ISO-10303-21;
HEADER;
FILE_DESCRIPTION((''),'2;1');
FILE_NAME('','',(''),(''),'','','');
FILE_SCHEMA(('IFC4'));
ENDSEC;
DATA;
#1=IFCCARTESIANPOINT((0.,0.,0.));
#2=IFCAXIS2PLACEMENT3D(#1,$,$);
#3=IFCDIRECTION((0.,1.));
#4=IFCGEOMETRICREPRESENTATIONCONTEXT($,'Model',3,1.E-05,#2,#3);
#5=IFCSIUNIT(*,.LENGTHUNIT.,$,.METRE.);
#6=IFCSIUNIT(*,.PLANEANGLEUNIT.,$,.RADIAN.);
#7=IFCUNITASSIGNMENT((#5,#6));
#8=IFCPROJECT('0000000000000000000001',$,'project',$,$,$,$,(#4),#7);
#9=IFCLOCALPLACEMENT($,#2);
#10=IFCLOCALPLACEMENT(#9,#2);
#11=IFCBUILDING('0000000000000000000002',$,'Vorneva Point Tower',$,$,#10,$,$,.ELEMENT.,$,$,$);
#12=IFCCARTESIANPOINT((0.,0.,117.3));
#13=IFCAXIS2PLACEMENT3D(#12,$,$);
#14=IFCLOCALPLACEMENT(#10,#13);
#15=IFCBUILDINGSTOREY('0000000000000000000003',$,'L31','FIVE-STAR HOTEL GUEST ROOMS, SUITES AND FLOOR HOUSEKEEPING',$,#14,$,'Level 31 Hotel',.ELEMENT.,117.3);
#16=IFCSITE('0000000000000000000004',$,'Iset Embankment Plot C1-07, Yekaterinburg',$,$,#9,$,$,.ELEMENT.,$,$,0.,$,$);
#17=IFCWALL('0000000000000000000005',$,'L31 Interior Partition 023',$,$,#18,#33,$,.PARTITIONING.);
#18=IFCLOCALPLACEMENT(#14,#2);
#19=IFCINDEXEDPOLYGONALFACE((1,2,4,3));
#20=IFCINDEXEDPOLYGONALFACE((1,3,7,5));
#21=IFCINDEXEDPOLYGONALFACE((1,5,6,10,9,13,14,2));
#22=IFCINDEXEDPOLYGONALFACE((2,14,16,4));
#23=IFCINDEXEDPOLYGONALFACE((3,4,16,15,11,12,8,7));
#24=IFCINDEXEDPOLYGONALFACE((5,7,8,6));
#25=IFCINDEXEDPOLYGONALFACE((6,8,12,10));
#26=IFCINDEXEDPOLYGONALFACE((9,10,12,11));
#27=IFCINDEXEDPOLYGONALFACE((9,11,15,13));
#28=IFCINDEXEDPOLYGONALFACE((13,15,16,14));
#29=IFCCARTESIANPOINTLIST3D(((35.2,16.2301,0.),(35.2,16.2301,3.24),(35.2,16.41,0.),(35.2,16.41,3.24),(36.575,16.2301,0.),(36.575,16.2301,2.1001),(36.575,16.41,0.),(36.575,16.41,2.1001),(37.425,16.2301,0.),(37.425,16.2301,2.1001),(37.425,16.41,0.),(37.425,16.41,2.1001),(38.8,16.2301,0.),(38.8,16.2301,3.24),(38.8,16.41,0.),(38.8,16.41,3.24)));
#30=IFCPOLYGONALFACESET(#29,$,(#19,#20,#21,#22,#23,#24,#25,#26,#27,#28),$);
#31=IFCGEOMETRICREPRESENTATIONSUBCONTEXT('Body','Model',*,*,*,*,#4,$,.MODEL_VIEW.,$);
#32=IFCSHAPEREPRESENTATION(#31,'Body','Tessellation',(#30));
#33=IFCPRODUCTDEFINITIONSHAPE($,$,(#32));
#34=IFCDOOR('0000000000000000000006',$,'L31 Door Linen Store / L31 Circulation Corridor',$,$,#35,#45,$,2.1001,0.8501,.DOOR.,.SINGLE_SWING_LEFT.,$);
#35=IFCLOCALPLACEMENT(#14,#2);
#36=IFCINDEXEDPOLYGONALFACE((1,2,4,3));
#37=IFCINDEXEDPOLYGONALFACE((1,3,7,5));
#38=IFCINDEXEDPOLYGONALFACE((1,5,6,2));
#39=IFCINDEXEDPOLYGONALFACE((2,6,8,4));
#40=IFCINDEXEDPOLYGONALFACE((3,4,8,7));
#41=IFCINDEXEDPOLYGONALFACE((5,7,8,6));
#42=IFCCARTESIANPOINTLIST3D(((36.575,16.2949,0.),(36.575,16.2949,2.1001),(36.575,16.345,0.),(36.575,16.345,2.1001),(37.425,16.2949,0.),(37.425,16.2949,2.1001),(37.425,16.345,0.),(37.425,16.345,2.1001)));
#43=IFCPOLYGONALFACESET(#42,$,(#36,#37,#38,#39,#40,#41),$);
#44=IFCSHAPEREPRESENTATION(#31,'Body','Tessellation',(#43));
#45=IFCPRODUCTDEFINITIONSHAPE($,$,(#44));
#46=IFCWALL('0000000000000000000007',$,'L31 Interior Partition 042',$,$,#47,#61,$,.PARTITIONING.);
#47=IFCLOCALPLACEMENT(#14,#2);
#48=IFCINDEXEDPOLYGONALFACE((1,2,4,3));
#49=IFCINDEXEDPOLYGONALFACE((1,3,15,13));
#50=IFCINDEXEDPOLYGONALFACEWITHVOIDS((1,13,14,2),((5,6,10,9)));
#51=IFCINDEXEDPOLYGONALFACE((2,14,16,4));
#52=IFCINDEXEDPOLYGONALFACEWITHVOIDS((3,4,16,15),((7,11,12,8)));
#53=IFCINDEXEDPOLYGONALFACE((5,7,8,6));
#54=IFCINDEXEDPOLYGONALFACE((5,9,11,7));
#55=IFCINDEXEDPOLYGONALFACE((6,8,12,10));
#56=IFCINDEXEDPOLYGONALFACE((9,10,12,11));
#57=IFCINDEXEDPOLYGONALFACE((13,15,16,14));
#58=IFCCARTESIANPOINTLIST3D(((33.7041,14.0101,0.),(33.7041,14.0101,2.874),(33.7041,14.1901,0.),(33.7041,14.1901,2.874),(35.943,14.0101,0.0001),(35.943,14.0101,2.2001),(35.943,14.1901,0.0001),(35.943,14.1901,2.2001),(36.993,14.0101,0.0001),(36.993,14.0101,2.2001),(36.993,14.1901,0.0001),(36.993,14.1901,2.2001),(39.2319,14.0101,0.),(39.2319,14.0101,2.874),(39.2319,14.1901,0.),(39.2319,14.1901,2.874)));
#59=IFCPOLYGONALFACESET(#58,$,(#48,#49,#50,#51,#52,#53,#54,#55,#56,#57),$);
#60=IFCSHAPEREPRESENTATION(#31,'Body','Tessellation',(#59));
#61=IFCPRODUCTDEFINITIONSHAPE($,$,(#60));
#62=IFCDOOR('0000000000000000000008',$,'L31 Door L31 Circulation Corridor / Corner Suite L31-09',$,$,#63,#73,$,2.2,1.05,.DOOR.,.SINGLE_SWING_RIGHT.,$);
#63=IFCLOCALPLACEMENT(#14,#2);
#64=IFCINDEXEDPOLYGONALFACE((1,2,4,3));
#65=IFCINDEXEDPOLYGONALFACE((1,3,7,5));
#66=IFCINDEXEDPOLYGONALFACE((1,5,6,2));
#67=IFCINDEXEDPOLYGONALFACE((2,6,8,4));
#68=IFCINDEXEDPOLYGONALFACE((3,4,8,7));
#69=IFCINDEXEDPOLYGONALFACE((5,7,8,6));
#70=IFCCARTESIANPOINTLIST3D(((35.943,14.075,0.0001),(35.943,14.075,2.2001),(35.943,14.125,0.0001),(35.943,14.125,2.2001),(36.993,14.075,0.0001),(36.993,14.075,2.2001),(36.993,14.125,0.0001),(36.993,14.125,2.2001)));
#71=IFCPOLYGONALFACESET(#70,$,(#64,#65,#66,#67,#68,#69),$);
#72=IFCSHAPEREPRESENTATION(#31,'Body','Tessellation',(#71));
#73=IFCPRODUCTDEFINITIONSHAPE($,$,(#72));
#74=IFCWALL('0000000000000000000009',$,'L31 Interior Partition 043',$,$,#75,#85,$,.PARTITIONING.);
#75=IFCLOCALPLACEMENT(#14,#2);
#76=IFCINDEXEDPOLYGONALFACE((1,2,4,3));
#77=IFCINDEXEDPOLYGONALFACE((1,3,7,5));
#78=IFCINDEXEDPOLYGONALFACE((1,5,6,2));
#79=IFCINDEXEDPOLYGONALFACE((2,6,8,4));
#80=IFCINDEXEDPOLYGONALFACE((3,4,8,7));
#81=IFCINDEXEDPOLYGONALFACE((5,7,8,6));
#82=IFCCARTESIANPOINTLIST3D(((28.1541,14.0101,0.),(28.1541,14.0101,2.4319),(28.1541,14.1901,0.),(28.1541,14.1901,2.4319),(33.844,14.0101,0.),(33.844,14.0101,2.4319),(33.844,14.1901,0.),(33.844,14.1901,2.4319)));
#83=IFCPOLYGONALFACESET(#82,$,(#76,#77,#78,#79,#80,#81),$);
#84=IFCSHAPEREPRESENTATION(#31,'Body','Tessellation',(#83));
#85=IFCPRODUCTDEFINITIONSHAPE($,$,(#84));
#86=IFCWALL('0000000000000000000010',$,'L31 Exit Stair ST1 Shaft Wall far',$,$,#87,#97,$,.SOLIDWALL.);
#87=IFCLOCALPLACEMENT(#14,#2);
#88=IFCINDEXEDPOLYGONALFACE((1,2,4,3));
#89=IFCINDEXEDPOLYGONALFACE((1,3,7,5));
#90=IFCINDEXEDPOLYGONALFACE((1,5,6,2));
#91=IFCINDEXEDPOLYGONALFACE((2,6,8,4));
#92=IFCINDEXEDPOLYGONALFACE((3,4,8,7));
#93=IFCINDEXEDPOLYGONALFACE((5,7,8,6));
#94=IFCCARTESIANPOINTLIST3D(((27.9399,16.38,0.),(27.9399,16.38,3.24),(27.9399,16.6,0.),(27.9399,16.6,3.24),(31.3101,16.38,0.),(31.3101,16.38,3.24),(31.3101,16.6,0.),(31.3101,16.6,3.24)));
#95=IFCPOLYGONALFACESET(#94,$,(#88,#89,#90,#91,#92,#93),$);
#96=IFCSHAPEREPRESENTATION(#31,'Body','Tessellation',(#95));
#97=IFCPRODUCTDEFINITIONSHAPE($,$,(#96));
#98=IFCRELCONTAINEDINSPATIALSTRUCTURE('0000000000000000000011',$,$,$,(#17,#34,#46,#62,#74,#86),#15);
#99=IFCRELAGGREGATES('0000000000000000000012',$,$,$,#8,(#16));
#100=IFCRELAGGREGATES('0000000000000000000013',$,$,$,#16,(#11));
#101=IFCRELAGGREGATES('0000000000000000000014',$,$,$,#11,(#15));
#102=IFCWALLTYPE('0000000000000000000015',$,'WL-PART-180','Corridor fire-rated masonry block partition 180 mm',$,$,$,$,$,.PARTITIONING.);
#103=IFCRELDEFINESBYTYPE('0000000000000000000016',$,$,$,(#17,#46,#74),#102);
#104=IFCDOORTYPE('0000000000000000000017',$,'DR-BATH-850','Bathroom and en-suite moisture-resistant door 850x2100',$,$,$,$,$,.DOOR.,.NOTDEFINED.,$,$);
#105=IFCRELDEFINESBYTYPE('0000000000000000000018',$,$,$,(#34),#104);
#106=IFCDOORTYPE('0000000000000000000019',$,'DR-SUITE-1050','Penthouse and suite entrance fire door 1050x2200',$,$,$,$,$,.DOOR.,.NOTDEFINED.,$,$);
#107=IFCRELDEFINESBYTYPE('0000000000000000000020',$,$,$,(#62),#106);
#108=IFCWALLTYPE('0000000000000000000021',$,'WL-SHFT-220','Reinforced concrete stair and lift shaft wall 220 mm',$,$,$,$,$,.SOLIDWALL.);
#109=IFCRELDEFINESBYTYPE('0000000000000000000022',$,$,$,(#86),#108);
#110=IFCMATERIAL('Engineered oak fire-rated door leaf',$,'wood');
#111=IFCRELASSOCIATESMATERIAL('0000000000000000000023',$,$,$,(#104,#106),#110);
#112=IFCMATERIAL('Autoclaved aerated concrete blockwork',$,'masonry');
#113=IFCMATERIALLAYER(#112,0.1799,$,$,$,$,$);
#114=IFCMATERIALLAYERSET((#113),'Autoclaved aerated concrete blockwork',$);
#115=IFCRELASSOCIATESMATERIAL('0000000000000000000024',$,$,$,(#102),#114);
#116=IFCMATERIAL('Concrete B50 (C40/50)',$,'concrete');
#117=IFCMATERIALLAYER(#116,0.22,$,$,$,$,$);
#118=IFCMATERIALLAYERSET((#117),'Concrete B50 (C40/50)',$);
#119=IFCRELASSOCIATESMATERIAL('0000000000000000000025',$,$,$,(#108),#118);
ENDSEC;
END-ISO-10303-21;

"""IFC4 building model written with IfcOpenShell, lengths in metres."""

from ifc_helpers import new_model, si_unit, direction, frame, frame_2d, origin, place, context, subcontext, project, spatial, rectangle, extrude, material, layer, layer_set, type_object, element, fill, save


model = new_model("IFC4")

# Units and contexts
model_context = context("Model", 3, precision=1e-05, world=origin(), true_north=direction((0.0, 1.0)))
body_context = subcontext(model_context, "Body", "Model", "MODEL_VIEW")
ifc_project = project(units=[si_unit("LENGTHUNIT", "METRE"), si_unit("PLANEANGLEUNIT", "RADIAN")], contexts=[model_context])

# Site, building, storey
site_placement = place(None, origin())
site = spatial("IfcSite", under=ifc_project, at=site_placement, Name="Iset Embankment Plot C1-07, Yekaterinburg", CompositionType="ELEMENT", RefElevation=0.0)
building_placement = place(site_placement, origin())
building = spatial("IfcBuilding", under=site, at=building_placement, Name="Vorneva Point Tower", CompositionType="ELEMENT")
storey_placement = place(building_placement, frame((0.0, 0.0, 117.3)))
storey = spatial("IfcBuildingStorey", under=building, at=storey_placement, Name="L31", Description="FIVE-STAR HOTEL GUEST ROOMS, SUITES AND FLOOR HOUSEKEEPING", LongName="Level 31 Hotel", CompositionType="ELEMENT", Elevation=117.3)

# Shared definitions
ifc_material_1 = material(Name="Engineered oak fire-rated door leaf", Category="wood")
door_type_1 = type_object("IfcDoorType", Name="DR-BATH-850", Description="Bathroom and en-suite moisture-resistant door 850x2100", OperationType="NOTDEFINED", PredefinedType="DOOR", material=ifc_material_1)

# Walls, openings, doors
ifc_material_2 = material(Name="Autoclaved aerated concrete blockwork", Category="masonry")
ifc_layer_1 = layer(ifc_material_2, 0.1799)
ifc_layer_set_1 = layer_set([ifc_layer_1], Name="Autoclaved aerated concrete blockwork")
wall_type_1 = type_object("IfcWallType", Name="WL-PART-180", Description="Corridor fire-rated masonry block partition 180 mm", PredefinedType="PARTITIONING", material=ifc_layer_set_1)
wall_1_placement = place(storey_placement, frame((35.2, 16.3201, 0.0), z_axis=(0.0, 0.0, 1.0), x_axis=(1.0, 0.0, 0.0)))
wall_1 = element("IfcWall", 1, at=wall_1_placement, inside=storey, type_object=wall_type_1, Name="L31 Interior Partition 023", PredefinedType="PARTITIONING", context=body_context, shape_type="SweptSolid", body=[
    extrude(rectangle(XDim=3.6001, YDim=0.1799, at=frame_2d((1.8, 0.0))), origin(), (0.0, 0.0, 1.0), 3.24),
])
opening_1_placement = place(wall_1_placement, frame((1.375, 0.0, 0.0)))
opening_1 = element("IfcOpeningElement", 2, at=opening_1_placement, cuts=wall_1, PredefinedType="OPENING", context=body_context, shape_type="SweptSolid", body=[
    extrude(rectangle(XDim=0.8501, YDim=2.1001, at=frame_2d((0.425, 1.05))), frame((0.0, 0.105, 0.0), z_axis=(0.0, -1.0, 0.0), x_axis=(1.0, 0.0, 0.0)), (0.0, 0.0, 1.0), 0.2097),
])
door_1_placement = place(opening_1_placement, origin())
door_1 = element("IfcDoor", 3, at=door_1_placement, inside=storey, type_object=door_type_1, Name="L31 Door Linen Store / L31 Circulation Corridor", OperationType="SINGLE_SWING_LEFT", OverallHeight=2.1001, OverallWidth=0.8501, PredefinedType="DOOR", context=body_context, shape_type="SweptSolid", body=[
    extrude(rectangle(XDim=0.8501, YDim=2.1001, at=frame_2d((0.425, 1.05))), frame((0.0, 0.0249, 0.0), z_axis=(0.0, -1.0, 0.0), x_axis=(1.0, 0.0, 0.0)), (0.0, 0.0, 1.0), 0.05),
])
fill(opening_1, door_1)
wall_2_placement = place(storey_placement, frame((33.7041, 14.1001, 0.0), z_axis=(0.0, 0.0, 1.0), x_axis=(1.0, 0.0, 0.0)))
wall_2 = element("IfcWall", 4, at=wall_2_placement, inside=storey, type_object=wall_type_1, Name="L31 Interior Partition 042", PredefinedType="PARTITIONING", context=body_context, shape_type="SweptSolid", body=[
    extrude(rectangle(XDim=5.5278, YDim=0.1799, at=frame_2d((2.7639, 0.0))), origin(), (0.0, 0.0, 1.0), 2.874),
])
opening_2_placement = place(wall_2_placement, frame((2.239, 0.0, 0.0)))
opening_2 = element("IfcOpeningElement", 5, at=opening_2_placement, cuts=wall_2, PredefinedType="OPENING", context=body_context, shape_type="SweptSolid", body=[
    extrude(rectangle(XDim=1.05, YDim=2.2, at=frame_2d((0.5249, 1.1001))), frame((0.0, 0.105, 0.0), z_axis=(0.0, -1.0, 0.0), x_axis=(1.0, 0.0, 0.0)), (0.0, 0.0, 1.0), 0.2097),
])
door_type_2 = type_object("IfcDoorType", Name="DR-SUITE-1050", Description="Penthouse and suite entrance fire door 1050x2200", OperationType="NOTDEFINED", PredefinedType="DOOR", material=ifc_material_1)
door_2_placement = place(opening_2_placement, origin())
door_2 = element("IfcDoor", 6, at=door_2_placement, inside=storey, type_object=door_type_2, Name="L31 Door L31 Circulation Corridor / Corner Suite L31-09", OperationType="SINGLE_SWING_RIGHT", OverallHeight=2.2, OverallWidth=1.05, PredefinedType="DOOR", context=body_context, shape_type="SweptSolid", body=[
    extrude(rectangle(XDim=1.05, YDim=2.2, at=frame_2d((0.5249, 1.1001))), frame((0.0, 0.0249, 0.0), z_axis=(0.0, -1.0, 0.0), x_axis=(1.0, 0.0, 0.0)), (0.0, 0.0, 1.0), 0.05),
])
fill(opening_2, door_2)

# Walls
wall_3_placement = place(storey_placement, frame((28.1541, 14.1001, 0.0), z_axis=(0.0, 0.0, 1.0), x_axis=(1.0, 0.0, 0.0)))
element("IfcWall", 7, at=wall_3_placement, inside=storey, type_object=wall_type_1, Name="L31 Interior Partition 043", PredefinedType="PARTITIONING", context=body_context, shape_type="SweptSolid", body=[
    extrude(rectangle(XDim=5.6899, YDim=0.1799, at=frame_2d((2.845, 0.0))), origin(), (0.0, 0.0, 1.0), 2.4319),
])
ifc_material_3 = material(Name="Concrete B50 (C40/50)", Category="concrete")
ifc_layer_2 = layer(ifc_material_3, 0.22)
ifc_layer_set_2 = layer_set([ifc_layer_2], Name="Concrete B50 (C40/50)")
wall_type_2 = type_object("IfcWallType", Name="WL-SHFT-220", Description="Reinforced concrete stair and lift shaft wall 220 mm", PredefinedType="SOLIDWALL", material=ifc_layer_set_2)
wall_4_placement = place(storey_placement, frame((31.3101, 16.49, 0.0), z_axis=(0.0, 0.0, 1.0), x_axis=(-1.0, 0.0, 0.0)))
element("IfcWall", 8, at=wall_4_placement, inside=storey, type_object=wall_type_2, Name="L31 Exit Stair ST1 Shaft Wall far", PredefinedType="SOLIDWALL", context=body_context, shape_type="SweptSolid", body=[
    extrude(rectangle(XDim=3.3701, YDim=0.22, at=frame_2d((1.6851, 0.0))), origin(), (0.0, 0.0, 1.0), 3.24),
])

save(model, "model.ifc")
